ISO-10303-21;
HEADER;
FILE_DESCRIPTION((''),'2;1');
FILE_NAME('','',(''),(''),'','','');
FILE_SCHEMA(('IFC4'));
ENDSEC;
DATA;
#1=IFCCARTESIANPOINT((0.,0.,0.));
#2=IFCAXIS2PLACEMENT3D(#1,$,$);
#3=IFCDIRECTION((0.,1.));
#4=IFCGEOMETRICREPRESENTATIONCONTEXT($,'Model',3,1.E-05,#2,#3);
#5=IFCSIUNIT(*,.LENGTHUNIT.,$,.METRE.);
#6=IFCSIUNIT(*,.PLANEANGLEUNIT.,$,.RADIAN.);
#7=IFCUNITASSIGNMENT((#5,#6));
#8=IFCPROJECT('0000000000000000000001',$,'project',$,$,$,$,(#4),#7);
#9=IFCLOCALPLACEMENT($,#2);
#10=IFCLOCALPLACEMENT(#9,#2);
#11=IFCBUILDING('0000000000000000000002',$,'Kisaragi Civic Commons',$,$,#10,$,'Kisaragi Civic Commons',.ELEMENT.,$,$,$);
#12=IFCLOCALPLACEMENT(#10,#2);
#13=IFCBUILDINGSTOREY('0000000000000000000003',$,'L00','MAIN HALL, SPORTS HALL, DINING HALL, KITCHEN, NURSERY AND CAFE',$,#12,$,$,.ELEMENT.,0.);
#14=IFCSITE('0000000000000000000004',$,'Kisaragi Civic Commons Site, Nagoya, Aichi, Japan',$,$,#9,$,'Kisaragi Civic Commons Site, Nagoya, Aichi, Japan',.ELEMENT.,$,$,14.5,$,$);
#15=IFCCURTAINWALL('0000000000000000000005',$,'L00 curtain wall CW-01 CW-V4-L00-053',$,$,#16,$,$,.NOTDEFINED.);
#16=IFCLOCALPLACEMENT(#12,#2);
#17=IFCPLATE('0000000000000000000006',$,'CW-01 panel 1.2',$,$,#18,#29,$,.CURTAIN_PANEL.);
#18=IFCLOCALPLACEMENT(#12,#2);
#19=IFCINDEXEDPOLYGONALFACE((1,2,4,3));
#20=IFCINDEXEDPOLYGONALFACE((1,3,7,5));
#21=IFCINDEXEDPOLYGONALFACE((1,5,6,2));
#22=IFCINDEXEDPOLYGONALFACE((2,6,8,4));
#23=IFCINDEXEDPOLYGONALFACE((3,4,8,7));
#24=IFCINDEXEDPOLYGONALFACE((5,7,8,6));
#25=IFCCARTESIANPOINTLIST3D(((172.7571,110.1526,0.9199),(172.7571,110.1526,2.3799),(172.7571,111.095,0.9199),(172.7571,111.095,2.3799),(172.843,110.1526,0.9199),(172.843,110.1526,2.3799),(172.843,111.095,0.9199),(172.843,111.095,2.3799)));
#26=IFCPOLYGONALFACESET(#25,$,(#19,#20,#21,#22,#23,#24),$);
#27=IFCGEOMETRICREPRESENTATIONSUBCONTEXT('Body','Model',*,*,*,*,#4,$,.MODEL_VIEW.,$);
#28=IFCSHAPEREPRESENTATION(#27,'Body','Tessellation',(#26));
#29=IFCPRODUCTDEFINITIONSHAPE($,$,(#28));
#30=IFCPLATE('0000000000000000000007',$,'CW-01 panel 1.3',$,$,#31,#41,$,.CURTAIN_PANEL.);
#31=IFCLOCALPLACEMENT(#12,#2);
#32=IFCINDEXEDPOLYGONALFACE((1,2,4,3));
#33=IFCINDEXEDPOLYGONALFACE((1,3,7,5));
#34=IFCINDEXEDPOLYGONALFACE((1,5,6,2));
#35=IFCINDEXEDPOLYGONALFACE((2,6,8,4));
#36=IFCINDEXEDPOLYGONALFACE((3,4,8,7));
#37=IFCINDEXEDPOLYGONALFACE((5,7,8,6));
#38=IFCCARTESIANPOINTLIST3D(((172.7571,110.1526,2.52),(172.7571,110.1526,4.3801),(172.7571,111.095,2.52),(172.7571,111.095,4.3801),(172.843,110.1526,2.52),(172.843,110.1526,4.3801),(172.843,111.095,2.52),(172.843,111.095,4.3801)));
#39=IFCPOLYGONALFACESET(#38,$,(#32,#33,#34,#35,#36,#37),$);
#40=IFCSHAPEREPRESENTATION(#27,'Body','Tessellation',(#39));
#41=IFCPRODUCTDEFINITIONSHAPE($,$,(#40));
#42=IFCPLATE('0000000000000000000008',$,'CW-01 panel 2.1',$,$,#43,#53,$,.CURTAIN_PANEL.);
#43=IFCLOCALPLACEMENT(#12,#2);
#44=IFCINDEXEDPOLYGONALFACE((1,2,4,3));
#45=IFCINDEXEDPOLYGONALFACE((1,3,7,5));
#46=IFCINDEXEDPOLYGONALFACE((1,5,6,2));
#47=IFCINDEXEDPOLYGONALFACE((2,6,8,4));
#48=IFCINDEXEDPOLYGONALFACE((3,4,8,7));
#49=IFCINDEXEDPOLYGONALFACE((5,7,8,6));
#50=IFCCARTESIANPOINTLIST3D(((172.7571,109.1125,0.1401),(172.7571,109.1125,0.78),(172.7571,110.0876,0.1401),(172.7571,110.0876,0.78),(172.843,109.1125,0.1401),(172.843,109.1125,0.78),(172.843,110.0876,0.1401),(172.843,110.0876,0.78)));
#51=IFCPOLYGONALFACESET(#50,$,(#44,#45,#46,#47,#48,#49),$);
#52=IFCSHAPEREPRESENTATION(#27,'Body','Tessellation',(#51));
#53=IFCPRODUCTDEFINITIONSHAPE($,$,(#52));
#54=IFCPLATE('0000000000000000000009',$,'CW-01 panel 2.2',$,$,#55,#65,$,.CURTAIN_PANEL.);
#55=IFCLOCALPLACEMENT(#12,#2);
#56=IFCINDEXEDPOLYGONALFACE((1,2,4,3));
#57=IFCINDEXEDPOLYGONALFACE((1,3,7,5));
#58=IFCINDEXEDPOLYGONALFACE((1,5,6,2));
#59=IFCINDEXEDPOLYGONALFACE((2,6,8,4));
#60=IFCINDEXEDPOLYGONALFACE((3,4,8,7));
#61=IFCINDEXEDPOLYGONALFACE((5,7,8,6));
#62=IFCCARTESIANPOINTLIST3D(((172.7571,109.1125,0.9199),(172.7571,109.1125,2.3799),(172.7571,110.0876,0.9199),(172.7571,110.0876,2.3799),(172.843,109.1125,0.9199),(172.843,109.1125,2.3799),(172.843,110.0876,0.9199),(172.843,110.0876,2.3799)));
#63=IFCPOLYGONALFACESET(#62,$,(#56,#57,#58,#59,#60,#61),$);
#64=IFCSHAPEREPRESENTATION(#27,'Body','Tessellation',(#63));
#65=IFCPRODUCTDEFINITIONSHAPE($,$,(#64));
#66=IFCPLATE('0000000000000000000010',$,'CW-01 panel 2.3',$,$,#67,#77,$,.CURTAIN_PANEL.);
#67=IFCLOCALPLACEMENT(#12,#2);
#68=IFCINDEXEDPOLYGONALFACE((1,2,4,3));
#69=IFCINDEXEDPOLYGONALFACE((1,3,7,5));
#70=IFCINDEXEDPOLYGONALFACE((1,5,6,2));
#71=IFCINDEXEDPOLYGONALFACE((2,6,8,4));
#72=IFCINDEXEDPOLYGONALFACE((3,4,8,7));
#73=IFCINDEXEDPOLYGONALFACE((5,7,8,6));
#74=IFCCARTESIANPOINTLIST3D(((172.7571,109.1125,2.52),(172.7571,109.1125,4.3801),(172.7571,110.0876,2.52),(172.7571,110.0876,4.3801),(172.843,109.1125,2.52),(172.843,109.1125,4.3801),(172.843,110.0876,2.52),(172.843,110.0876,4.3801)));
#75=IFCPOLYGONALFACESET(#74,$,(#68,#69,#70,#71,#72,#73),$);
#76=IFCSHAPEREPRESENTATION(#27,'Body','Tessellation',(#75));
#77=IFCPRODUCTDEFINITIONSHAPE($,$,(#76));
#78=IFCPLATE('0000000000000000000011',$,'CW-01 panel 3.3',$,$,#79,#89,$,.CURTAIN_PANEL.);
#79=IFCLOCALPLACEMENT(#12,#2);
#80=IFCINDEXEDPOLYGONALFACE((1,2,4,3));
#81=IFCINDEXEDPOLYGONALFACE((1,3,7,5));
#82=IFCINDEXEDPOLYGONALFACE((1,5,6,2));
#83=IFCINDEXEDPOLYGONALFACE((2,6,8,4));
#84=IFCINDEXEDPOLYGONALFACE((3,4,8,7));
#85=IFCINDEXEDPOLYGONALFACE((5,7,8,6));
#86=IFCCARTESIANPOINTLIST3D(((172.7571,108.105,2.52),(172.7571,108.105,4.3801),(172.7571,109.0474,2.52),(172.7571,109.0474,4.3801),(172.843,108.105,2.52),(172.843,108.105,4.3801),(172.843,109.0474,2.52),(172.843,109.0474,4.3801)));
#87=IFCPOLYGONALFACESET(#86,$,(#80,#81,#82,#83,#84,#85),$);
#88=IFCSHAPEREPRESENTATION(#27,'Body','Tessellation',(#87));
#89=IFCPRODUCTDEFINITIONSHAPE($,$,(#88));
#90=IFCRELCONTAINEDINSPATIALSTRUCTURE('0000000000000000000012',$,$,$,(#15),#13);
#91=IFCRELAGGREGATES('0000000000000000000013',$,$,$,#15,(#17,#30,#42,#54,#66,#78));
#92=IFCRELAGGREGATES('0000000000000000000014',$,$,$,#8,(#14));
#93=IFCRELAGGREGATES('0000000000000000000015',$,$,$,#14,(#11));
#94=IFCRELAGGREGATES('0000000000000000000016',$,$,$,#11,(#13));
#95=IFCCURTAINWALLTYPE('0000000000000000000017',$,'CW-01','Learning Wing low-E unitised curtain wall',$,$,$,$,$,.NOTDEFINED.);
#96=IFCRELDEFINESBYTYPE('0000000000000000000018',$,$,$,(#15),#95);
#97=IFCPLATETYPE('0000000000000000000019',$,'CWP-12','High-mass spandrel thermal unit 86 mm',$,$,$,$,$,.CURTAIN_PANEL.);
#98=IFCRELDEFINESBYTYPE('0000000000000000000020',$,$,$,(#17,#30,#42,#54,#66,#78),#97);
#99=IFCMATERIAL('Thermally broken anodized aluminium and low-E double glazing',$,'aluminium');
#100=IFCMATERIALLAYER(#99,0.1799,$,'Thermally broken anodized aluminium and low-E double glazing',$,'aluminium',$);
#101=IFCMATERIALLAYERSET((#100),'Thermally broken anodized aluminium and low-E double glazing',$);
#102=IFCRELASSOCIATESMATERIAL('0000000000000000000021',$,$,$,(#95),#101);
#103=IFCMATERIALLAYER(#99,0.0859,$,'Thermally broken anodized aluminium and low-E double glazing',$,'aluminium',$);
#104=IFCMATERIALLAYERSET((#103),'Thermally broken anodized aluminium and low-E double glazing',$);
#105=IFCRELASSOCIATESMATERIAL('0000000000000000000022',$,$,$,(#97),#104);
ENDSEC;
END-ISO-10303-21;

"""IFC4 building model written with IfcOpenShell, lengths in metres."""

from ifc_helpers import new_model, si_unit, direction, frame, origin, origin_2d, place, context, subcontext, project, spatial, rectangle, extrude, material, layer, layer_set, type_object, element, aggregate, save


model = new_model("IFC4")

# Units and contexts
model_context = context("Model", 3, precision=1e-05, world=origin(), true_north=direction((0.0, 1.0)))
body_context = subcontext(model_context, "Body", "Model", "MODEL_VIEW")
ifc_project = project(units=[si_unit("LENGTHUNIT", "METRE"), si_unit("PLANEANGLEUNIT", "RADIAN")], contexts=[model_context])

# Site, building, storey
site_placement = place(None, origin())
site = spatial("IfcSite", under=ifc_project, at=site_placement, Name="Kisaragi Civic Commons Site, Nagoya, Aichi, Japan", LongName="Kisaragi Civic Commons Site, Nagoya, Aichi, Japan", CompositionType="ELEMENT", RefElevation=14.5)
building_placement = place(site_placement, origin())
building = spatial("IfcBuilding", under=site, at=building_placement, Name="Kisaragi Civic Commons", LongName="Kisaragi Civic Commons", CompositionType="ELEMENT")
storey_placement = place(building_placement, origin())
storey = spatial("IfcBuildingStorey", under=building, at=storey_placement, Name="L00", Description="MAIN HALL, SPORTS HALL, DINING HALL, KITCHEN, NURSERY AND CAFE", CompositionType="ELEMENT", Elevation=0.0)

# Shared definitions
ifc_material_1 = material(Name="Thermally broken anodized aluminium and low-E double glazing", Category="aluminium")
ifc_layer_1 = layer(ifc_material_1, 0.1799, Name="Thermally broken anodized aluminium and low-E double glazing", Category="aluminium")
ifc_layer_set_1 = layer_set([ifc_layer_1], Name="Thermally broken anodized aluminium and low-E double glazing")
curtain_wall_type = type_object("IfcCurtainWallType", Name="CW-01", Description="Learning Wing low-E unitised curtain wall", PredefinedType="NOTDEFINED", material=ifc_layer_set_1)

# Curtain wall
curtain_wall_1_placement = place(storey_placement, origin())
curtain_wall_1 = element("IfcCurtainWall", 1, at=curtain_wall_1_placement, inside=storey, type_object=curtain_wall_type, Name="L00 curtain wall CW-01 CW-V4-L00-053", PredefinedType="NOTDEFINED")

# Plates
ifc_layer_2 = layer(ifc_material_1, 0.0859, Name="Thermally broken anodized aluminium and low-E double glazing", Category="aluminium")
ifc_layer_set_2 = layer_set([ifc_layer_2], Name="Thermally broken anodized aluminium and low-E double glazing")
plate_type_1 = type_object("IfcPlateType", Name="CWP-12", Description="High-mass spandrel thermal unit 86 mm", PredefinedType="CURTAIN_PANEL", material=ifc_layer_set_2)
plate_1_placement = place(storey_placement, frame((172.8, 110.6238, 0.9199), z_axis=(0.0, 0.0, 1.0), x_axis=(0.0, -1.0, 0.0)))
plate_1 = element("IfcPlate", 2, at=plate_1_placement, type_object=plate_type_1, Name="CW-01 panel 1.2", PredefinedType="CURTAIN_PANEL", context=body_context, shape_type="SweptSolid", body=[
    extrude(rectangle(XDim=0.9424, YDim=0.0859, at=origin_2d()), origin(), (0.0, 0.0, 1.0), 1.46),
])
plate_2_placement = place(storey_placement, frame((172.8, 110.6238, 2.52), z_axis=(0.0, 0.0, 1.0), x_axis=(0.0, -1.0, 0.0)))
plate_2 = element("IfcPlate", 3, at=plate_2_placement, type_object=plate_type_1, Name="CW-01 panel 1.3", PredefinedType="CURTAIN_PANEL", context=body_context, shape_type="SweptSolid", body=[
    extrude(rectangle(XDim=0.9424, YDim=0.0859, at=origin_2d()), origin(), (0.0, 0.0, 1.0), 1.8601),
])
plate_3_placement = place(storey_placement, frame((172.8, 109.6001, 0.1401), z_axis=(0.0, 0.0, 1.0), x_axis=(0.0, -1.0, 0.0)))
plate_3 = element("IfcPlate", 4, at=plate_3_placement, type_object=plate_type_1, Name="CW-01 panel 2.1", PredefinedType="CURTAIN_PANEL", context=body_context, shape_type="SweptSolid", body=[
    extrude(rectangle(XDim=0.9751, YDim=0.0859, at=origin_2d()), origin(), (0.0, 0.0, 1.0), 0.6399),
])
plate_4_placement = place(storey_placement, frame((172.8, 109.6001, 0.9199), z_axis=(0.0, 0.0, 1.0), x_axis=(0.0, -1.0, 0.0)))
plate_4 = element("IfcPlate", 5, at=plate_4_placement, type_object=plate_type_1, Name="CW-01 panel 2.2", PredefinedType="CURTAIN_PANEL", context=body_context, shape_type="SweptSolid", body=[
    extrude(rectangle(XDim=0.9751, YDim=0.0859, at=origin_2d()), origin(), (0.0, 0.0, 1.0), 1.46),
])
plate_5_placement = place(storey_placement, frame((172.8, 109.6001, 2.52), z_axis=(0.0, 0.0, 1.0), x_axis=(0.0, -1.0, 0.0)))
plate_5 = element("IfcPlate", 6, at=plate_5_placement, type_object=plate_type_1, Name="CW-01 panel 2.3", PredefinedType="CURTAIN_PANEL", context=body_context, shape_type="SweptSolid", body=[
    extrude(rectangle(XDim=0.9751, YDim=0.0859, at=origin_2d()), origin(), (0.0, 0.0, 1.0), 1.8601),
])
plate_6_placement = place(storey_placement, frame((172.8, 108.5762, 2.52), z_axis=(0.0, 0.0, 1.0), x_axis=(0.0, -1.0, 0.0)))
plate_6 = element("IfcPlate", 7, at=plate_6_placement, type_object=plate_type_1, Name="CW-01 panel 3.3", PredefinedType="CURTAIN_PANEL", context=body_context, shape_type="SweptSolid", body=[
    extrude(rectangle(XDim=0.9424, YDim=0.0859, at=origin_2d()), origin(), (0.0, 0.0, 1.0), 1.8601),
])
aggregate(curtain_wall_1, [plate_1, plate_2, plate_3, plate_4, plate_5, plate_6])

save(model, "model.ifc")
